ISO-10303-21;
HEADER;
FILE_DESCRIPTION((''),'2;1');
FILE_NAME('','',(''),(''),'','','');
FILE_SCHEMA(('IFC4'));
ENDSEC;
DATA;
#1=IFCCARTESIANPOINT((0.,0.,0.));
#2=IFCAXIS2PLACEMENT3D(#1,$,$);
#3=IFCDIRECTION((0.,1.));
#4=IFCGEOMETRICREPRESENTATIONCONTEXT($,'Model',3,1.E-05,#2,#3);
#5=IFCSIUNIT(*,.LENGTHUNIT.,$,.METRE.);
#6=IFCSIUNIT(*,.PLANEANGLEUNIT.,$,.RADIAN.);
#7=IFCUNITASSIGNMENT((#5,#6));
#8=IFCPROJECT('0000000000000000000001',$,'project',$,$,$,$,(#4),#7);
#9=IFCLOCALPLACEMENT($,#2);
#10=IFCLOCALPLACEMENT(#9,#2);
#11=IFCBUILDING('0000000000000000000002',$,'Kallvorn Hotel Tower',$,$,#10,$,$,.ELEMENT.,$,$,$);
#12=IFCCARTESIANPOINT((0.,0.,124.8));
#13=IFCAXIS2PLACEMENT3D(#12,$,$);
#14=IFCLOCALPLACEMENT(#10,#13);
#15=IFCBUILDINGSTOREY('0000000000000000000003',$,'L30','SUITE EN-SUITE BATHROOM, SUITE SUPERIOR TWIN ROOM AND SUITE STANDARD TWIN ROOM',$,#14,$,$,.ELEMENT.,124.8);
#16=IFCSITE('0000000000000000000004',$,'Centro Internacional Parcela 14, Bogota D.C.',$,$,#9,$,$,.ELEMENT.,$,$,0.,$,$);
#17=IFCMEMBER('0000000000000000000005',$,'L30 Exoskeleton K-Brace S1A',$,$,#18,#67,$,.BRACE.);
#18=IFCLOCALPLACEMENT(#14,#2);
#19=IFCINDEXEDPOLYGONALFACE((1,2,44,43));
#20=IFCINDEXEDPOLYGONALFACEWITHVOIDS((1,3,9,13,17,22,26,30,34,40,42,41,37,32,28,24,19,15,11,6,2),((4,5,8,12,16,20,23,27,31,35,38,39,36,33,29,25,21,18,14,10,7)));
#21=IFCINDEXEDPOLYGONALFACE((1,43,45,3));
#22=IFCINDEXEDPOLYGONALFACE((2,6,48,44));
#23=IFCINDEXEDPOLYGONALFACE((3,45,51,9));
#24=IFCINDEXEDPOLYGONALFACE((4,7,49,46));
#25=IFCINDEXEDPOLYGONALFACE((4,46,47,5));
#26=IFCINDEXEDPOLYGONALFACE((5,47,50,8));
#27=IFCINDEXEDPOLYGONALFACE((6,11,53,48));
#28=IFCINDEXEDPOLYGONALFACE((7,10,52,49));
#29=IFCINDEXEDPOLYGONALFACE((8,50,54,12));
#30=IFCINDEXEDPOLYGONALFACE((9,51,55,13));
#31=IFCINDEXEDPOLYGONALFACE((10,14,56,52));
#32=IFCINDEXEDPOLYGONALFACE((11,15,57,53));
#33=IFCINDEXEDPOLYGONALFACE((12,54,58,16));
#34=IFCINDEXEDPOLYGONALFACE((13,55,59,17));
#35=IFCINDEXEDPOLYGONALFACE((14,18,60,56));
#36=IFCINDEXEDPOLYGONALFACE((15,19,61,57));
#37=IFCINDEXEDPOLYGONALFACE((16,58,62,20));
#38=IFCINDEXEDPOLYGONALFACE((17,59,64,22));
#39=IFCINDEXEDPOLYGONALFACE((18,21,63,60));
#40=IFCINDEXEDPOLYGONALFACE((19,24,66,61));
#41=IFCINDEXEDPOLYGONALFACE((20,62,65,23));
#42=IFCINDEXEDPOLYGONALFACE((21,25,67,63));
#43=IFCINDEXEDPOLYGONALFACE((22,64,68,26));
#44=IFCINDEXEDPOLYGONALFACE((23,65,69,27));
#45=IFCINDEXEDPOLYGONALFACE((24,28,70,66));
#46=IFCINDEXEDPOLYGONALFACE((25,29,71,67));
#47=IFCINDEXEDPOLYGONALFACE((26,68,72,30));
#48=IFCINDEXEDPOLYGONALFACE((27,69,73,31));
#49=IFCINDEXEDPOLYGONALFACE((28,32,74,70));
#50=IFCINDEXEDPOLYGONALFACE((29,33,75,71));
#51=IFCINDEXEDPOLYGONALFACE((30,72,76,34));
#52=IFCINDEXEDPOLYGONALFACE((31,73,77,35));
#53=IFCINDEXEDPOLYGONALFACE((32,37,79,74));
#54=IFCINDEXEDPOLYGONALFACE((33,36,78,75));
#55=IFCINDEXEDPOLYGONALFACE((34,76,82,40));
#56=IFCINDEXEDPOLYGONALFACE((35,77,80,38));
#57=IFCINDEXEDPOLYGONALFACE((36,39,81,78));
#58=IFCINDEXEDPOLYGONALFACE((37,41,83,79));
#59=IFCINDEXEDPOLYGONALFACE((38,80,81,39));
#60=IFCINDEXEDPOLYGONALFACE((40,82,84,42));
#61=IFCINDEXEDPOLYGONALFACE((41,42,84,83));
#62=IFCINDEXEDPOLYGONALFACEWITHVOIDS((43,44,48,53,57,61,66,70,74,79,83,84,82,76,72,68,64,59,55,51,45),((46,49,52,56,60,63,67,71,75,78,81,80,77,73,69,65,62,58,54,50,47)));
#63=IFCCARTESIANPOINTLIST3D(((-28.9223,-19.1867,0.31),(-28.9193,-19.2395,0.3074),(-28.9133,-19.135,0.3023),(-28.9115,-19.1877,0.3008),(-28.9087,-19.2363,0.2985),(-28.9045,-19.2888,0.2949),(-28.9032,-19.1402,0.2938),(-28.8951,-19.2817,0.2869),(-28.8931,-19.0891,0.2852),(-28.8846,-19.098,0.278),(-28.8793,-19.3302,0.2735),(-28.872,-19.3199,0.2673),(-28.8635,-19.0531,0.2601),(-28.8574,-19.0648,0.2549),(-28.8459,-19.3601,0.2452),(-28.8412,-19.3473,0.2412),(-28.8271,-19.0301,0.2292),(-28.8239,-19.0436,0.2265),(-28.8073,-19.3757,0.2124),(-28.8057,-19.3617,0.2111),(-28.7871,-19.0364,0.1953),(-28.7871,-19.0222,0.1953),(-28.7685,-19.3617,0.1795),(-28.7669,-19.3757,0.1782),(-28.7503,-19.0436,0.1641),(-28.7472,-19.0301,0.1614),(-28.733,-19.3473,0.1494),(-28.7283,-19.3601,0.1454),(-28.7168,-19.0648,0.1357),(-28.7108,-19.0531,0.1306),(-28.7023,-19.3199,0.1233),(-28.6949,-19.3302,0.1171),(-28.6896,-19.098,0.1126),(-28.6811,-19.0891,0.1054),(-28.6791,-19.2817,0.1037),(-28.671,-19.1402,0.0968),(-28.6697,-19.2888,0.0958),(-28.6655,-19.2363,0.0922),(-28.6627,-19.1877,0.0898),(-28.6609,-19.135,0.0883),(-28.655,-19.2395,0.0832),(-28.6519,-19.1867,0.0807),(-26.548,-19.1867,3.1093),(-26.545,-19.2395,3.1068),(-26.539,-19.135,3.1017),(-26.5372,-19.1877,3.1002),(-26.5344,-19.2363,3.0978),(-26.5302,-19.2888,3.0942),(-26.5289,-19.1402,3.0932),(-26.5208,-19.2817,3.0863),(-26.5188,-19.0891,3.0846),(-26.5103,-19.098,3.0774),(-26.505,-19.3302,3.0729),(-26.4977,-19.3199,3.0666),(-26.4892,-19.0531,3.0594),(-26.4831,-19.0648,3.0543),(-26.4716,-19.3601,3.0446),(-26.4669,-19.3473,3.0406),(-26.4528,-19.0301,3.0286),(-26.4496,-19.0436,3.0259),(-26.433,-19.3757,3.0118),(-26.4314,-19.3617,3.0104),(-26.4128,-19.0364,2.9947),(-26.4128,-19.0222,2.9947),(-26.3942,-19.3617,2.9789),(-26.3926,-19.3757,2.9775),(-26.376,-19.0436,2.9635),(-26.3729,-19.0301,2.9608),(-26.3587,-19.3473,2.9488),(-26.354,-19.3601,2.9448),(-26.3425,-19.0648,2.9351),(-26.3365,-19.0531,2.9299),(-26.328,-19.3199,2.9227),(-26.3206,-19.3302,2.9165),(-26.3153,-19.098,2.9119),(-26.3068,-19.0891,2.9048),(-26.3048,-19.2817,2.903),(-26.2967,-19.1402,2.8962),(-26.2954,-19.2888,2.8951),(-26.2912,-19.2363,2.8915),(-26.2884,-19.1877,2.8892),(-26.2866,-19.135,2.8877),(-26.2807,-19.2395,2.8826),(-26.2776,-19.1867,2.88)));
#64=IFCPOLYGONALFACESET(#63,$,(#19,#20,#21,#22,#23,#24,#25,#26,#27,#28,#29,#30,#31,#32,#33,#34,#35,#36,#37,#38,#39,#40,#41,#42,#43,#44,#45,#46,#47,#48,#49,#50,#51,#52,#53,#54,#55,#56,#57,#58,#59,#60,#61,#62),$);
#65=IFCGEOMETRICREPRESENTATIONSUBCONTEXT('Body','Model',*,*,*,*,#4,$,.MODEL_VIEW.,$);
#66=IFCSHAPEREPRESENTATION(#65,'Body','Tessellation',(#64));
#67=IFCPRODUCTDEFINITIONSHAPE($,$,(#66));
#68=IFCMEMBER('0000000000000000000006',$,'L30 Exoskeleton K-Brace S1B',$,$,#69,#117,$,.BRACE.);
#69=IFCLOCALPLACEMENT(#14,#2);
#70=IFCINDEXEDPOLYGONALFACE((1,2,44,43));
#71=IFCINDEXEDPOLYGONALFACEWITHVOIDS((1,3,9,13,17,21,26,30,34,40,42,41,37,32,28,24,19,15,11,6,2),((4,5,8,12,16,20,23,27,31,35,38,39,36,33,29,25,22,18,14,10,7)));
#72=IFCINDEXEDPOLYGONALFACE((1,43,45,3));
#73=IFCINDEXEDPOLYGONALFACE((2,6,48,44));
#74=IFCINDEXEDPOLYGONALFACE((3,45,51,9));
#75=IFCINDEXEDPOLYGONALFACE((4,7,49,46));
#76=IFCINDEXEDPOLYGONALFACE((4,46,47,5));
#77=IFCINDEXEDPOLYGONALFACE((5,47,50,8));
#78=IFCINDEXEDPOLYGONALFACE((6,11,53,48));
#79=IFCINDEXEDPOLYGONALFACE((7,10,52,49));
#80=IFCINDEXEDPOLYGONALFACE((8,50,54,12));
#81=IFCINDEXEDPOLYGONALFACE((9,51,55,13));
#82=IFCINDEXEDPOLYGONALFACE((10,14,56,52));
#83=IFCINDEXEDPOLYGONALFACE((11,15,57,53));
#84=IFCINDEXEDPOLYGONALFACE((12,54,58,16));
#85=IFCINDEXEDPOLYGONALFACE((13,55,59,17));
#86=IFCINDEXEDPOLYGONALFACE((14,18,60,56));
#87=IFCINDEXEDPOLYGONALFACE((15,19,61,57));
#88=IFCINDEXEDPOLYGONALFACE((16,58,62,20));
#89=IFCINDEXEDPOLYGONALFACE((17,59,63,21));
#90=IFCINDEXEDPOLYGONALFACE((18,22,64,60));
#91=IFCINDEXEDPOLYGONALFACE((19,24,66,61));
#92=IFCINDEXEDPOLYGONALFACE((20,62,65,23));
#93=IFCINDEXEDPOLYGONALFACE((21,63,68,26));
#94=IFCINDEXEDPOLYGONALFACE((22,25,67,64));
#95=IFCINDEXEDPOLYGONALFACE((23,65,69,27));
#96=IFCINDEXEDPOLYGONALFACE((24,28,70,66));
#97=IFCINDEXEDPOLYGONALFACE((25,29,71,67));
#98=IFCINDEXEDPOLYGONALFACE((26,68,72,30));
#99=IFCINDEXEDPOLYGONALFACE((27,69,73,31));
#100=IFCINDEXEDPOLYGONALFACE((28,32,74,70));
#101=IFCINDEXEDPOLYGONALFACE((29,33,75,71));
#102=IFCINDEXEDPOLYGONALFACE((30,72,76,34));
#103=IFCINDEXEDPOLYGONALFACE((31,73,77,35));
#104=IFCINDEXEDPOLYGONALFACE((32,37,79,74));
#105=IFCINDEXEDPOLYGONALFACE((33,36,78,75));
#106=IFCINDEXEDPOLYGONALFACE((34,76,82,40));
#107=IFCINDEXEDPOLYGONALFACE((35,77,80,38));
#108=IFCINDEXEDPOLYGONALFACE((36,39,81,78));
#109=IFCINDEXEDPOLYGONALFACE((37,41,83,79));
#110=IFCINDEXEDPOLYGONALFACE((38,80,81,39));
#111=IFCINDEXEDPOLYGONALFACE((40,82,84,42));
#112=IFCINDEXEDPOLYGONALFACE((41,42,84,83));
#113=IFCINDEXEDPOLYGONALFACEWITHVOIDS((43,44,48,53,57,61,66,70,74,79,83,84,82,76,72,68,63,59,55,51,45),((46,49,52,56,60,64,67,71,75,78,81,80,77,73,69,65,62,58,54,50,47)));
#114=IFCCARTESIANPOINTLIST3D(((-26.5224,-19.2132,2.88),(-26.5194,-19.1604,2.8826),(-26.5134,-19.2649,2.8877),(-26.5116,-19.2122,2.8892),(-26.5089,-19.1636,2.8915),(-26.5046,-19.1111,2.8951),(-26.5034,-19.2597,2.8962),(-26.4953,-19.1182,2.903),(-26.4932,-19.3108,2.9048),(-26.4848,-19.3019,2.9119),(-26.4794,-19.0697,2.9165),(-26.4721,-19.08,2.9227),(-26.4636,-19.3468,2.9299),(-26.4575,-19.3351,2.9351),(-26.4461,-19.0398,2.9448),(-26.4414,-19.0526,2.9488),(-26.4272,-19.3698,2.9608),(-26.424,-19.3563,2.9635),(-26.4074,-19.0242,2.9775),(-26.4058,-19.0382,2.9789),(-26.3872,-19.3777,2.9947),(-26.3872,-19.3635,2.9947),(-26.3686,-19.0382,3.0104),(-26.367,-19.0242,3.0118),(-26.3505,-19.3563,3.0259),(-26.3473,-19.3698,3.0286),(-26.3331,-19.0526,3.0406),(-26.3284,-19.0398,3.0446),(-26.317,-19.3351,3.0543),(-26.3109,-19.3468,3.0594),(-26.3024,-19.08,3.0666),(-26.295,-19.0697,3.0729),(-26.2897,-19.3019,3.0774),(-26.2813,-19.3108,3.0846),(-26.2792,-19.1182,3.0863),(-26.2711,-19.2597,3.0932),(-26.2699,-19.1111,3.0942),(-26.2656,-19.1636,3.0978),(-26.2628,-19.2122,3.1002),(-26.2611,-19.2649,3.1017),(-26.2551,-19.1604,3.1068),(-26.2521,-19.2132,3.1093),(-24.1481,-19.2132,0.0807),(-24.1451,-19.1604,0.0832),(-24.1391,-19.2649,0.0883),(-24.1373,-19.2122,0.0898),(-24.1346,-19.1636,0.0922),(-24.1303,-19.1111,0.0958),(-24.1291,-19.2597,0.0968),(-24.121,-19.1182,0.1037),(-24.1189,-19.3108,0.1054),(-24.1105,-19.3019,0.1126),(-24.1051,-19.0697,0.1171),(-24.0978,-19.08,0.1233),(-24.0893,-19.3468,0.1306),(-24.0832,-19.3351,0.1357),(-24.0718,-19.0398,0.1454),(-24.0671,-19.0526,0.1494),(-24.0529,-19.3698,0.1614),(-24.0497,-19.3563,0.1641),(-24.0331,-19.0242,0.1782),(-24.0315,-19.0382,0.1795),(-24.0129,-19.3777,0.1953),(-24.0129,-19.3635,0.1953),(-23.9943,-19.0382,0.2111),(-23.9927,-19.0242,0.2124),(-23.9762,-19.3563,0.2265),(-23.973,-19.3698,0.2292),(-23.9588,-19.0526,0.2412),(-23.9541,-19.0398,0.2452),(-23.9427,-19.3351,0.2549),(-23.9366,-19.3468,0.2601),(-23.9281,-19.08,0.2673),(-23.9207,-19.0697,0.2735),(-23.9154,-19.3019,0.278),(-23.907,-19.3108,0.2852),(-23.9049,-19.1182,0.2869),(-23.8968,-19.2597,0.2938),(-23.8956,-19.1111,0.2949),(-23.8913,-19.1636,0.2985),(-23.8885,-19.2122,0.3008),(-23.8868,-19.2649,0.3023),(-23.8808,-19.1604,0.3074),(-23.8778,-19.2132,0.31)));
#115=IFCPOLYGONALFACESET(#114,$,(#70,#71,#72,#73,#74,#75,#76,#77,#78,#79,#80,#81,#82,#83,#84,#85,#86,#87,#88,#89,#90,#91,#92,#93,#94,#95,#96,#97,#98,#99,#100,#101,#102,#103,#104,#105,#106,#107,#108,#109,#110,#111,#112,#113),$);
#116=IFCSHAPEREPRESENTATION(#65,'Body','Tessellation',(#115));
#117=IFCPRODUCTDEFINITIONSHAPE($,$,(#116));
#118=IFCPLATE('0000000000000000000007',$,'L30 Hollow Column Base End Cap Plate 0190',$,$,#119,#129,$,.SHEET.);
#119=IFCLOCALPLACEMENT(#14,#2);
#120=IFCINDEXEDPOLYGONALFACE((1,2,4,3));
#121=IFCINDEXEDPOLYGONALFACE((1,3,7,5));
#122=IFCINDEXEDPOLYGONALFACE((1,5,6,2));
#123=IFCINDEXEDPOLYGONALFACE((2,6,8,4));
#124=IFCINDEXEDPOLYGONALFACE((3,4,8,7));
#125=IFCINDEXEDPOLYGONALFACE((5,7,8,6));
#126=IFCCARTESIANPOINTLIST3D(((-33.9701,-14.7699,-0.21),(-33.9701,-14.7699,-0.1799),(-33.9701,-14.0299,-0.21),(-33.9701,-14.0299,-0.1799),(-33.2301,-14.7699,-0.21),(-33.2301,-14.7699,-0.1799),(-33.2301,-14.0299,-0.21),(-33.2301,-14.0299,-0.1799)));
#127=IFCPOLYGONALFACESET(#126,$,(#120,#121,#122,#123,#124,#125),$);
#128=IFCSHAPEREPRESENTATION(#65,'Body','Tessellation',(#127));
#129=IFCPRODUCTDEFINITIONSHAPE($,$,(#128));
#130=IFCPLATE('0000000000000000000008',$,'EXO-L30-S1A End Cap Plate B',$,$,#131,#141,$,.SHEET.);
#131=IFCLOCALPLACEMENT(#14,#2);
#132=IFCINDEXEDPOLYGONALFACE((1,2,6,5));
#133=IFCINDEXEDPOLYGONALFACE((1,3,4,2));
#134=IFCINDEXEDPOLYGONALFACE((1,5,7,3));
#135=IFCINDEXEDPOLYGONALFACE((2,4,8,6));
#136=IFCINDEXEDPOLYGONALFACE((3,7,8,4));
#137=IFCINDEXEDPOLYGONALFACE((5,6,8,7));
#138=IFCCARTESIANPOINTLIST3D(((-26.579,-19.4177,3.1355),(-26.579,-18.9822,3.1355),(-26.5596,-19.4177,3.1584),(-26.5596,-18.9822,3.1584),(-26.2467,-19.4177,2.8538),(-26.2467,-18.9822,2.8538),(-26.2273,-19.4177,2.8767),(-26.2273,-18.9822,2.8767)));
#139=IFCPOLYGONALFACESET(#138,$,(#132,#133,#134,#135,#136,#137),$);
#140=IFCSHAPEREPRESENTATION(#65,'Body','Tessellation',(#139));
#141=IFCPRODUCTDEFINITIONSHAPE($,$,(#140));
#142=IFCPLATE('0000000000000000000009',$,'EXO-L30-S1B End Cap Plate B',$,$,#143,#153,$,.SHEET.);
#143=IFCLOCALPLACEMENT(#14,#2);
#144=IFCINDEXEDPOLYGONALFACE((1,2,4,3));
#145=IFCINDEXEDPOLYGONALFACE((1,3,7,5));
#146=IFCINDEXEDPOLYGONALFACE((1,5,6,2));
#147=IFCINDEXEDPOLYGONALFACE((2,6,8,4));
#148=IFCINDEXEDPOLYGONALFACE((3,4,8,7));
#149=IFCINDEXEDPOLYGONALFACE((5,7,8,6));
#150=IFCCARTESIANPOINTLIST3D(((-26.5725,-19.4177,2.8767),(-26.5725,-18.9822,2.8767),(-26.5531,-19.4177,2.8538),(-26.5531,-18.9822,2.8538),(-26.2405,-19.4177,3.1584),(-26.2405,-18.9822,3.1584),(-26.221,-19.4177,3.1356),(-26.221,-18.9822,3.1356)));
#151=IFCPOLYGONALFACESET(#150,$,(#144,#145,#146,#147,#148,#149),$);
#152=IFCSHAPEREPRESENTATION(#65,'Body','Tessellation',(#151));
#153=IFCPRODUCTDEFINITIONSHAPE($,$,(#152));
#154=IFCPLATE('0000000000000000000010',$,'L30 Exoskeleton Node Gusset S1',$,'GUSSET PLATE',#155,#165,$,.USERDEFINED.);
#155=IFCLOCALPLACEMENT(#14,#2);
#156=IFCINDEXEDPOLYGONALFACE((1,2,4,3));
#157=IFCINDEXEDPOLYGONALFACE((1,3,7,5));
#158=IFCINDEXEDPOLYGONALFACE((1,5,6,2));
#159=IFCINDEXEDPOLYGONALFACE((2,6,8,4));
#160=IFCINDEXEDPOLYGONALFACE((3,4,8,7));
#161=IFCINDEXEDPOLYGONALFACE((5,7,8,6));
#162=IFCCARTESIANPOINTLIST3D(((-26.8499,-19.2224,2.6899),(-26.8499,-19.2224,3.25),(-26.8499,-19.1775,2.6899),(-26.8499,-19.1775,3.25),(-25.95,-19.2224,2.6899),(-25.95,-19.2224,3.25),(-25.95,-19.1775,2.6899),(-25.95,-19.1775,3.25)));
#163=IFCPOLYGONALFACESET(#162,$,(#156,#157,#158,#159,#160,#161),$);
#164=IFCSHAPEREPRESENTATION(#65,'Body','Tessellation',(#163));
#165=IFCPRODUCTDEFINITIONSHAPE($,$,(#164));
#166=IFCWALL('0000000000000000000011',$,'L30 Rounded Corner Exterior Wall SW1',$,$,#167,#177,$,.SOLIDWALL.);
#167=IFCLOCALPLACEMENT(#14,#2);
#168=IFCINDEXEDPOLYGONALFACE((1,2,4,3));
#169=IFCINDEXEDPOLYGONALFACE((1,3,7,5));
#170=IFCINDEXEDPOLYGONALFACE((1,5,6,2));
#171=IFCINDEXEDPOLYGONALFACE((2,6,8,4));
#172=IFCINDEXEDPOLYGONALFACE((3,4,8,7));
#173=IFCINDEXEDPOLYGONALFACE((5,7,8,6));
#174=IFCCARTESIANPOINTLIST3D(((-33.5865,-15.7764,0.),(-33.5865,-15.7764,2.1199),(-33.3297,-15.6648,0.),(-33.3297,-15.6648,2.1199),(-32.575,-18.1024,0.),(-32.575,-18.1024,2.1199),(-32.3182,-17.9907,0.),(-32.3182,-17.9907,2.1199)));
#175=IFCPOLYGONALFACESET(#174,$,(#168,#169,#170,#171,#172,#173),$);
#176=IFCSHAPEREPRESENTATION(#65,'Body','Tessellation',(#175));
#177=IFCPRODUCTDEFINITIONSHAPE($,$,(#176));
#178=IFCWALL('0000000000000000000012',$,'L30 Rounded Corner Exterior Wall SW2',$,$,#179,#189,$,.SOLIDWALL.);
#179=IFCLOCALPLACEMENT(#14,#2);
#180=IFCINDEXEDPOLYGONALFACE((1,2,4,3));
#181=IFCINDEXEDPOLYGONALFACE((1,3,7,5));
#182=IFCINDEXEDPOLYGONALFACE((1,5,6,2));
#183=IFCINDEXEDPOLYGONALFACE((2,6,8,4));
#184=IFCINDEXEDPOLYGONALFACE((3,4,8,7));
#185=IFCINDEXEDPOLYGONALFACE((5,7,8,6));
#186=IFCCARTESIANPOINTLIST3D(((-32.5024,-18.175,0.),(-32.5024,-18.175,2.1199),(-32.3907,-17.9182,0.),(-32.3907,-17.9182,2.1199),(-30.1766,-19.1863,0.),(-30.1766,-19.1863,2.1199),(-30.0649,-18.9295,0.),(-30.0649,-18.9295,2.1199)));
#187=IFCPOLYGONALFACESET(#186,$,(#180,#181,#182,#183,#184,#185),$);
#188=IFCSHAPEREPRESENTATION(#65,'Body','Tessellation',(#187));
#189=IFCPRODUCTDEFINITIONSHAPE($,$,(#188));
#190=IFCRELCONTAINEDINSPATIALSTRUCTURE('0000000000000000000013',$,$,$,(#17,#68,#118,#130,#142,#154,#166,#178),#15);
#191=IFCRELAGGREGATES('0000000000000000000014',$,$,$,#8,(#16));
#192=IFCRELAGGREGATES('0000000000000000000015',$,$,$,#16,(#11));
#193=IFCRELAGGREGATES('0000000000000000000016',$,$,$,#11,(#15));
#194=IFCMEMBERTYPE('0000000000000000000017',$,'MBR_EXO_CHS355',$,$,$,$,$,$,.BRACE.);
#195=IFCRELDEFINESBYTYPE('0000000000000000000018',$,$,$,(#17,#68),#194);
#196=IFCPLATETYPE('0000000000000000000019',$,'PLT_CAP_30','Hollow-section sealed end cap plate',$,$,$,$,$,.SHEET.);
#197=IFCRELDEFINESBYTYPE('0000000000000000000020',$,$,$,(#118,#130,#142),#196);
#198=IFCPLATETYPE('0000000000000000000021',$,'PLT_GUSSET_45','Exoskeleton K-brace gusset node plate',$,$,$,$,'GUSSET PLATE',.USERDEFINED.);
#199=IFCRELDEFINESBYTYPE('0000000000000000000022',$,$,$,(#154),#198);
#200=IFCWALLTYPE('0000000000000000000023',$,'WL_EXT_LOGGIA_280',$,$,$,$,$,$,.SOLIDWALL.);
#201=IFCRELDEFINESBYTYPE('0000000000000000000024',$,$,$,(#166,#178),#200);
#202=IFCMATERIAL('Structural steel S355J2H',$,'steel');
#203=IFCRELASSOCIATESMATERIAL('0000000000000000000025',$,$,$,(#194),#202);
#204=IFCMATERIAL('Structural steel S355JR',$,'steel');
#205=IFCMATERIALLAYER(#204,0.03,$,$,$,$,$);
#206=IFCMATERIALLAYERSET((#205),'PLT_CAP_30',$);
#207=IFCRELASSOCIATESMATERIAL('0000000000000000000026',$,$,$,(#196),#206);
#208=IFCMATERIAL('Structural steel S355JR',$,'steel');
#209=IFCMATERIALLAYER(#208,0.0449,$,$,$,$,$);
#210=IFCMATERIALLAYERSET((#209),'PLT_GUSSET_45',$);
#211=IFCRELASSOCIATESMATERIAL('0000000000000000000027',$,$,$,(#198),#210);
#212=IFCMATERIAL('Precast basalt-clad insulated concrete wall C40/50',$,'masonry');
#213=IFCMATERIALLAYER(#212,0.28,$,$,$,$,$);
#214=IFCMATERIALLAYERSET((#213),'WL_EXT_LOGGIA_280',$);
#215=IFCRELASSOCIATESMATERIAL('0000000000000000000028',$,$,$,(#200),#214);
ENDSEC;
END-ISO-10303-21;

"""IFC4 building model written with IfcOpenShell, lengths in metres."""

from ifc_helpers import new_model, si_unit, direction, frame, frame_2d, origin, origin_2d, place, context, subcontext, project, spatial, polyline, rectangle, hollow_circle, outline, extrude, material, layer, layer_set, material_profile, profile_set, type_object, element, save


model = new_model("IFC4")

# Units and contexts
model_context = context("Model", 3, precision=1e-05, world=origin(), true_north=direction((0.0, 1.0)))
body_context = subcontext(model_context, "Body", "Model", "MODEL_VIEW")
ifc_project = project(units=[si_unit("LENGTHUNIT", "METRE"), si_unit("PLANEANGLEUNIT", "RADIAN")], contexts=[model_context])

# Site, building, storey
site_placement = place(None, origin())
site = spatial("IfcSite", under=ifc_project, at=site_placement, Name="Centro Internacional Parcela 14, Bogota D.C.", CompositionType="ELEMENT", RefElevation=0.0)
building_placement = place(site_placement, origin())
building = spatial("IfcBuilding", under=site, at=building_placement, Name="Kallvorn Hotel Tower", CompositionType="ELEMENT")
storey_placement = place(building_placement, frame((0.0, 0.0, 124.8)))
storey = spatial("IfcBuildingStorey", under=building, at=storey_placement, Name="L30", Description="SUITE EN-SUITE BATHROOM, SUITE SUPERIOR TWIN ROOM AND SUITE STANDARD TWIN ROOM", CompositionType="ELEMENT", Elevation=124.8)

# Members
ifc_material_1 = material(Name="Structural steel S355J2H", Category="steel")
ifc_material_profile_1 = material_profile(ifc_material_1, hollow_circle(Radius=0.1777, WallThickness=0.0142, at=origin_2d()), Name="CHS 355.6x14.2")
ifc_profile_set_1 = profile_set([ifc_material_profile_1], Name="Structural steel S355J2H")
member_type = type_object("IfcMemberType", Name="MBR_EXO_CHS355", PredefinedType="BRACE", material=ifc_profile_set_1)
for number, where, z_axis, x_axis, name in (
    (1, (-28.7871, -19.2, 0.1953), (0.646833, 0.0, 0.762631), (0.0, 1.0, 0.0), "L30 Exoskeleton K-Brace S1A"),
    (2, (-24.0129, -19.2, 0.1953), (-0.646833, 0.0, 0.762631), (0.0, -1.0, 0.0), "L30 Exoskeleton K-Brace S1B"),
):
    element("IfcMember", number, at=place(storey_placement, frame(where, z_axis=z_axis, x_axis=x_axis)), inside=storey, type_object=member_type, Name=name, PredefinedType="BRACE", context=body_context, shape_type="SweptSolid", body=[
        extrude(hollow_circle(Radius=0.1777, WallThickness=0.0142, at=origin_2d()), origin(), (0.0, 0.0, 1.0), 3.6707),
    ])

# Plates
ifc_material_2 = material(Name="Structural steel S355JR", Category="steel")
ifc_layer_1 = layer(ifc_material_2, 0.03)
ifc_layer_set_1 = layer_set([ifc_layer_1], Name="PLT_CAP_30")
plate_type_1 = type_object("IfcPlateType", Name="PLT_CAP_30", Description="Hollow-section sealed end cap plate", PredefinedType="SHEET", material=ifc_layer_set_1)
plate_1_placement = place(storey_placement, frame((-33.6001, -14.3999, -0.21), z_axis=(0.0, 0.0, 1.0), x_axis=(1.0, 0.0, 0.0)))
element("IfcPlate", 3, at=plate_1_placement, inside=storey, type_object=plate_type_1, Name="L30 Hollow Column Base End Cap Plate 0190", PredefinedType="SHEET", context=body_context, shape_type="SweptSolid", body=[
    extrude(rectangle(XDim=0.74, YDim=0.74, at=origin_2d()), origin(), (0.0, 0.0, 1.0), 0.03),
])
plate_2_placement = place(storey_placement, frame((-26.2273, -19.4177, 2.8767), z_axis=(0.646721, 0.0, 0.762727), x_axis=(0.0, 1.0, 0.0)))
element("IfcPlate", 4, at=plate_2_placement, inside=storey, type_object=plate_type_1, Name="EXO-L30-S1A End Cap Plate B", PredefinedType="SHEET", context=body_context, shape_type="SweptSolid", body=[
    extrude(outline(polyline([(0.0, 0.0), (0.4355, 0.0), (0.4355, 0.4356), (0.0, 0.4356), (0.0, 0.0)])), origin(), (0.0, 0.0, -1.0), 0.03),
])
plate_3_placement = place(storey_placement, frame((-26.5725, -18.9822, 2.8767), z_axis=(-0.646997, 0.0, 0.762492), x_axis=(0.0, -1.0, 0.0)))
element("IfcPlate", 5, at=plate_3_placement, inside=storey, type_object=plate_type_1, Name="EXO-L30-S1B End Cap Plate B", PredefinedType="SHEET", context=body_context, shape_type="SweptSolid", body=[
    extrude(outline(polyline([(0.0, 0.0), (0.4355, 0.0), (0.4355, 0.4355), (0.0, 0.4355), (0.0, 0.0)])), origin(), (0.0, 0.0, -1.0), 0.03),
])
ifc_material_3 = material(Name="Structural steel S355JR", Category="steel")
ifc_layer_2 = layer(ifc_material_3, 0.0449)
ifc_layer_set_2 = layer_set([ifc_layer_2], Name="PLT_GUSSET_45")
plate_type_2 = type_object("IfcPlateType", Name="PLT_GUSSET_45", Description="Exoskeleton K-brace gusset node plate", ElementType="GUSSET PLATE", PredefinedType="USERDEFINED", material=ifc_layer_set_2)
plate_4_placement = place(storey_placement, frame((-26.3999, -19.2, 2.6899), z_axis=(0.0, 0.0, 1.0), x_axis=(1.0, 0.0, 0.0)))
element("IfcPlate", 6, at=plate_4_placement, inside=storey, type_object=plate_type_2, Name="L30 Exoskeleton Node Gusset S1", ObjectType="GUSSET PLATE", PredefinedType="USERDEFINED", context=body_context, shape_type="SweptSolid", body=[
    extrude(rectangle(XDim=0.8999, YDim=0.0449, at=origin_2d()), origin(), (0.0, 0.0, 1.0), 0.5601),
])

# Walls
ifc_material_4 = material(Name="Precast basalt-clad insulated concrete wall C40/50", Category="masonry")
ifc_layer_3 = layer(ifc_material_4, 0.28)
ifc_layer_set_3 = layer_set([ifc_layer_3], Name="WL_EXT_LOGGIA_280")
wall_type_1 = type_object("IfcWallType", Name="WL_EXT_LOGGIA_280", PredefinedType="SOLIDWALL", material=ifc_layer_set_3)
wall_1_placement = place(storey_placement, frame((-33.458, -15.7207, 0.0), z_axis=(0.0, 0.0, 1.0), x_axis=(0.398793, -0.917041, 0.0)))
element("IfcWall", 7, at=wall_1_placement, inside=storey, type_object=wall_type_1, Name="L30 Rounded Corner Exterior Wall SW1", PredefinedType="SOLIDWALL", context=body_context, shape_type="SweptSolid", body=[
    extrude(rectangle(XDim=2.5364, YDim=0.28, at=frame_2d((1.2681, 0.0))), origin(), (0.0, 0.0, 1.0), 2.1199),
])
wall_2_placement = place(storey_placement, frame((-32.4465, -18.0466, 0.0), z_axis=(0.0, 0.0, 1.0), x_axis=(0.917061, -0.398747, 0.0)))
element("IfcWall", 8, at=wall_2_placement, inside=storey, type_object=wall_type_1, Name="L30 Rounded Corner Exterior Wall SW2", PredefinedType="SOLIDWALL", context=body_context, shape_type="SweptSolid", body=[
    extrude(rectangle(XDim=2.5361, YDim=0.28, at=frame_2d((1.2681, 0.0))), origin(), (0.0, 0.0, 1.0), 2.1199),
])

save(model, "model.ifc")
